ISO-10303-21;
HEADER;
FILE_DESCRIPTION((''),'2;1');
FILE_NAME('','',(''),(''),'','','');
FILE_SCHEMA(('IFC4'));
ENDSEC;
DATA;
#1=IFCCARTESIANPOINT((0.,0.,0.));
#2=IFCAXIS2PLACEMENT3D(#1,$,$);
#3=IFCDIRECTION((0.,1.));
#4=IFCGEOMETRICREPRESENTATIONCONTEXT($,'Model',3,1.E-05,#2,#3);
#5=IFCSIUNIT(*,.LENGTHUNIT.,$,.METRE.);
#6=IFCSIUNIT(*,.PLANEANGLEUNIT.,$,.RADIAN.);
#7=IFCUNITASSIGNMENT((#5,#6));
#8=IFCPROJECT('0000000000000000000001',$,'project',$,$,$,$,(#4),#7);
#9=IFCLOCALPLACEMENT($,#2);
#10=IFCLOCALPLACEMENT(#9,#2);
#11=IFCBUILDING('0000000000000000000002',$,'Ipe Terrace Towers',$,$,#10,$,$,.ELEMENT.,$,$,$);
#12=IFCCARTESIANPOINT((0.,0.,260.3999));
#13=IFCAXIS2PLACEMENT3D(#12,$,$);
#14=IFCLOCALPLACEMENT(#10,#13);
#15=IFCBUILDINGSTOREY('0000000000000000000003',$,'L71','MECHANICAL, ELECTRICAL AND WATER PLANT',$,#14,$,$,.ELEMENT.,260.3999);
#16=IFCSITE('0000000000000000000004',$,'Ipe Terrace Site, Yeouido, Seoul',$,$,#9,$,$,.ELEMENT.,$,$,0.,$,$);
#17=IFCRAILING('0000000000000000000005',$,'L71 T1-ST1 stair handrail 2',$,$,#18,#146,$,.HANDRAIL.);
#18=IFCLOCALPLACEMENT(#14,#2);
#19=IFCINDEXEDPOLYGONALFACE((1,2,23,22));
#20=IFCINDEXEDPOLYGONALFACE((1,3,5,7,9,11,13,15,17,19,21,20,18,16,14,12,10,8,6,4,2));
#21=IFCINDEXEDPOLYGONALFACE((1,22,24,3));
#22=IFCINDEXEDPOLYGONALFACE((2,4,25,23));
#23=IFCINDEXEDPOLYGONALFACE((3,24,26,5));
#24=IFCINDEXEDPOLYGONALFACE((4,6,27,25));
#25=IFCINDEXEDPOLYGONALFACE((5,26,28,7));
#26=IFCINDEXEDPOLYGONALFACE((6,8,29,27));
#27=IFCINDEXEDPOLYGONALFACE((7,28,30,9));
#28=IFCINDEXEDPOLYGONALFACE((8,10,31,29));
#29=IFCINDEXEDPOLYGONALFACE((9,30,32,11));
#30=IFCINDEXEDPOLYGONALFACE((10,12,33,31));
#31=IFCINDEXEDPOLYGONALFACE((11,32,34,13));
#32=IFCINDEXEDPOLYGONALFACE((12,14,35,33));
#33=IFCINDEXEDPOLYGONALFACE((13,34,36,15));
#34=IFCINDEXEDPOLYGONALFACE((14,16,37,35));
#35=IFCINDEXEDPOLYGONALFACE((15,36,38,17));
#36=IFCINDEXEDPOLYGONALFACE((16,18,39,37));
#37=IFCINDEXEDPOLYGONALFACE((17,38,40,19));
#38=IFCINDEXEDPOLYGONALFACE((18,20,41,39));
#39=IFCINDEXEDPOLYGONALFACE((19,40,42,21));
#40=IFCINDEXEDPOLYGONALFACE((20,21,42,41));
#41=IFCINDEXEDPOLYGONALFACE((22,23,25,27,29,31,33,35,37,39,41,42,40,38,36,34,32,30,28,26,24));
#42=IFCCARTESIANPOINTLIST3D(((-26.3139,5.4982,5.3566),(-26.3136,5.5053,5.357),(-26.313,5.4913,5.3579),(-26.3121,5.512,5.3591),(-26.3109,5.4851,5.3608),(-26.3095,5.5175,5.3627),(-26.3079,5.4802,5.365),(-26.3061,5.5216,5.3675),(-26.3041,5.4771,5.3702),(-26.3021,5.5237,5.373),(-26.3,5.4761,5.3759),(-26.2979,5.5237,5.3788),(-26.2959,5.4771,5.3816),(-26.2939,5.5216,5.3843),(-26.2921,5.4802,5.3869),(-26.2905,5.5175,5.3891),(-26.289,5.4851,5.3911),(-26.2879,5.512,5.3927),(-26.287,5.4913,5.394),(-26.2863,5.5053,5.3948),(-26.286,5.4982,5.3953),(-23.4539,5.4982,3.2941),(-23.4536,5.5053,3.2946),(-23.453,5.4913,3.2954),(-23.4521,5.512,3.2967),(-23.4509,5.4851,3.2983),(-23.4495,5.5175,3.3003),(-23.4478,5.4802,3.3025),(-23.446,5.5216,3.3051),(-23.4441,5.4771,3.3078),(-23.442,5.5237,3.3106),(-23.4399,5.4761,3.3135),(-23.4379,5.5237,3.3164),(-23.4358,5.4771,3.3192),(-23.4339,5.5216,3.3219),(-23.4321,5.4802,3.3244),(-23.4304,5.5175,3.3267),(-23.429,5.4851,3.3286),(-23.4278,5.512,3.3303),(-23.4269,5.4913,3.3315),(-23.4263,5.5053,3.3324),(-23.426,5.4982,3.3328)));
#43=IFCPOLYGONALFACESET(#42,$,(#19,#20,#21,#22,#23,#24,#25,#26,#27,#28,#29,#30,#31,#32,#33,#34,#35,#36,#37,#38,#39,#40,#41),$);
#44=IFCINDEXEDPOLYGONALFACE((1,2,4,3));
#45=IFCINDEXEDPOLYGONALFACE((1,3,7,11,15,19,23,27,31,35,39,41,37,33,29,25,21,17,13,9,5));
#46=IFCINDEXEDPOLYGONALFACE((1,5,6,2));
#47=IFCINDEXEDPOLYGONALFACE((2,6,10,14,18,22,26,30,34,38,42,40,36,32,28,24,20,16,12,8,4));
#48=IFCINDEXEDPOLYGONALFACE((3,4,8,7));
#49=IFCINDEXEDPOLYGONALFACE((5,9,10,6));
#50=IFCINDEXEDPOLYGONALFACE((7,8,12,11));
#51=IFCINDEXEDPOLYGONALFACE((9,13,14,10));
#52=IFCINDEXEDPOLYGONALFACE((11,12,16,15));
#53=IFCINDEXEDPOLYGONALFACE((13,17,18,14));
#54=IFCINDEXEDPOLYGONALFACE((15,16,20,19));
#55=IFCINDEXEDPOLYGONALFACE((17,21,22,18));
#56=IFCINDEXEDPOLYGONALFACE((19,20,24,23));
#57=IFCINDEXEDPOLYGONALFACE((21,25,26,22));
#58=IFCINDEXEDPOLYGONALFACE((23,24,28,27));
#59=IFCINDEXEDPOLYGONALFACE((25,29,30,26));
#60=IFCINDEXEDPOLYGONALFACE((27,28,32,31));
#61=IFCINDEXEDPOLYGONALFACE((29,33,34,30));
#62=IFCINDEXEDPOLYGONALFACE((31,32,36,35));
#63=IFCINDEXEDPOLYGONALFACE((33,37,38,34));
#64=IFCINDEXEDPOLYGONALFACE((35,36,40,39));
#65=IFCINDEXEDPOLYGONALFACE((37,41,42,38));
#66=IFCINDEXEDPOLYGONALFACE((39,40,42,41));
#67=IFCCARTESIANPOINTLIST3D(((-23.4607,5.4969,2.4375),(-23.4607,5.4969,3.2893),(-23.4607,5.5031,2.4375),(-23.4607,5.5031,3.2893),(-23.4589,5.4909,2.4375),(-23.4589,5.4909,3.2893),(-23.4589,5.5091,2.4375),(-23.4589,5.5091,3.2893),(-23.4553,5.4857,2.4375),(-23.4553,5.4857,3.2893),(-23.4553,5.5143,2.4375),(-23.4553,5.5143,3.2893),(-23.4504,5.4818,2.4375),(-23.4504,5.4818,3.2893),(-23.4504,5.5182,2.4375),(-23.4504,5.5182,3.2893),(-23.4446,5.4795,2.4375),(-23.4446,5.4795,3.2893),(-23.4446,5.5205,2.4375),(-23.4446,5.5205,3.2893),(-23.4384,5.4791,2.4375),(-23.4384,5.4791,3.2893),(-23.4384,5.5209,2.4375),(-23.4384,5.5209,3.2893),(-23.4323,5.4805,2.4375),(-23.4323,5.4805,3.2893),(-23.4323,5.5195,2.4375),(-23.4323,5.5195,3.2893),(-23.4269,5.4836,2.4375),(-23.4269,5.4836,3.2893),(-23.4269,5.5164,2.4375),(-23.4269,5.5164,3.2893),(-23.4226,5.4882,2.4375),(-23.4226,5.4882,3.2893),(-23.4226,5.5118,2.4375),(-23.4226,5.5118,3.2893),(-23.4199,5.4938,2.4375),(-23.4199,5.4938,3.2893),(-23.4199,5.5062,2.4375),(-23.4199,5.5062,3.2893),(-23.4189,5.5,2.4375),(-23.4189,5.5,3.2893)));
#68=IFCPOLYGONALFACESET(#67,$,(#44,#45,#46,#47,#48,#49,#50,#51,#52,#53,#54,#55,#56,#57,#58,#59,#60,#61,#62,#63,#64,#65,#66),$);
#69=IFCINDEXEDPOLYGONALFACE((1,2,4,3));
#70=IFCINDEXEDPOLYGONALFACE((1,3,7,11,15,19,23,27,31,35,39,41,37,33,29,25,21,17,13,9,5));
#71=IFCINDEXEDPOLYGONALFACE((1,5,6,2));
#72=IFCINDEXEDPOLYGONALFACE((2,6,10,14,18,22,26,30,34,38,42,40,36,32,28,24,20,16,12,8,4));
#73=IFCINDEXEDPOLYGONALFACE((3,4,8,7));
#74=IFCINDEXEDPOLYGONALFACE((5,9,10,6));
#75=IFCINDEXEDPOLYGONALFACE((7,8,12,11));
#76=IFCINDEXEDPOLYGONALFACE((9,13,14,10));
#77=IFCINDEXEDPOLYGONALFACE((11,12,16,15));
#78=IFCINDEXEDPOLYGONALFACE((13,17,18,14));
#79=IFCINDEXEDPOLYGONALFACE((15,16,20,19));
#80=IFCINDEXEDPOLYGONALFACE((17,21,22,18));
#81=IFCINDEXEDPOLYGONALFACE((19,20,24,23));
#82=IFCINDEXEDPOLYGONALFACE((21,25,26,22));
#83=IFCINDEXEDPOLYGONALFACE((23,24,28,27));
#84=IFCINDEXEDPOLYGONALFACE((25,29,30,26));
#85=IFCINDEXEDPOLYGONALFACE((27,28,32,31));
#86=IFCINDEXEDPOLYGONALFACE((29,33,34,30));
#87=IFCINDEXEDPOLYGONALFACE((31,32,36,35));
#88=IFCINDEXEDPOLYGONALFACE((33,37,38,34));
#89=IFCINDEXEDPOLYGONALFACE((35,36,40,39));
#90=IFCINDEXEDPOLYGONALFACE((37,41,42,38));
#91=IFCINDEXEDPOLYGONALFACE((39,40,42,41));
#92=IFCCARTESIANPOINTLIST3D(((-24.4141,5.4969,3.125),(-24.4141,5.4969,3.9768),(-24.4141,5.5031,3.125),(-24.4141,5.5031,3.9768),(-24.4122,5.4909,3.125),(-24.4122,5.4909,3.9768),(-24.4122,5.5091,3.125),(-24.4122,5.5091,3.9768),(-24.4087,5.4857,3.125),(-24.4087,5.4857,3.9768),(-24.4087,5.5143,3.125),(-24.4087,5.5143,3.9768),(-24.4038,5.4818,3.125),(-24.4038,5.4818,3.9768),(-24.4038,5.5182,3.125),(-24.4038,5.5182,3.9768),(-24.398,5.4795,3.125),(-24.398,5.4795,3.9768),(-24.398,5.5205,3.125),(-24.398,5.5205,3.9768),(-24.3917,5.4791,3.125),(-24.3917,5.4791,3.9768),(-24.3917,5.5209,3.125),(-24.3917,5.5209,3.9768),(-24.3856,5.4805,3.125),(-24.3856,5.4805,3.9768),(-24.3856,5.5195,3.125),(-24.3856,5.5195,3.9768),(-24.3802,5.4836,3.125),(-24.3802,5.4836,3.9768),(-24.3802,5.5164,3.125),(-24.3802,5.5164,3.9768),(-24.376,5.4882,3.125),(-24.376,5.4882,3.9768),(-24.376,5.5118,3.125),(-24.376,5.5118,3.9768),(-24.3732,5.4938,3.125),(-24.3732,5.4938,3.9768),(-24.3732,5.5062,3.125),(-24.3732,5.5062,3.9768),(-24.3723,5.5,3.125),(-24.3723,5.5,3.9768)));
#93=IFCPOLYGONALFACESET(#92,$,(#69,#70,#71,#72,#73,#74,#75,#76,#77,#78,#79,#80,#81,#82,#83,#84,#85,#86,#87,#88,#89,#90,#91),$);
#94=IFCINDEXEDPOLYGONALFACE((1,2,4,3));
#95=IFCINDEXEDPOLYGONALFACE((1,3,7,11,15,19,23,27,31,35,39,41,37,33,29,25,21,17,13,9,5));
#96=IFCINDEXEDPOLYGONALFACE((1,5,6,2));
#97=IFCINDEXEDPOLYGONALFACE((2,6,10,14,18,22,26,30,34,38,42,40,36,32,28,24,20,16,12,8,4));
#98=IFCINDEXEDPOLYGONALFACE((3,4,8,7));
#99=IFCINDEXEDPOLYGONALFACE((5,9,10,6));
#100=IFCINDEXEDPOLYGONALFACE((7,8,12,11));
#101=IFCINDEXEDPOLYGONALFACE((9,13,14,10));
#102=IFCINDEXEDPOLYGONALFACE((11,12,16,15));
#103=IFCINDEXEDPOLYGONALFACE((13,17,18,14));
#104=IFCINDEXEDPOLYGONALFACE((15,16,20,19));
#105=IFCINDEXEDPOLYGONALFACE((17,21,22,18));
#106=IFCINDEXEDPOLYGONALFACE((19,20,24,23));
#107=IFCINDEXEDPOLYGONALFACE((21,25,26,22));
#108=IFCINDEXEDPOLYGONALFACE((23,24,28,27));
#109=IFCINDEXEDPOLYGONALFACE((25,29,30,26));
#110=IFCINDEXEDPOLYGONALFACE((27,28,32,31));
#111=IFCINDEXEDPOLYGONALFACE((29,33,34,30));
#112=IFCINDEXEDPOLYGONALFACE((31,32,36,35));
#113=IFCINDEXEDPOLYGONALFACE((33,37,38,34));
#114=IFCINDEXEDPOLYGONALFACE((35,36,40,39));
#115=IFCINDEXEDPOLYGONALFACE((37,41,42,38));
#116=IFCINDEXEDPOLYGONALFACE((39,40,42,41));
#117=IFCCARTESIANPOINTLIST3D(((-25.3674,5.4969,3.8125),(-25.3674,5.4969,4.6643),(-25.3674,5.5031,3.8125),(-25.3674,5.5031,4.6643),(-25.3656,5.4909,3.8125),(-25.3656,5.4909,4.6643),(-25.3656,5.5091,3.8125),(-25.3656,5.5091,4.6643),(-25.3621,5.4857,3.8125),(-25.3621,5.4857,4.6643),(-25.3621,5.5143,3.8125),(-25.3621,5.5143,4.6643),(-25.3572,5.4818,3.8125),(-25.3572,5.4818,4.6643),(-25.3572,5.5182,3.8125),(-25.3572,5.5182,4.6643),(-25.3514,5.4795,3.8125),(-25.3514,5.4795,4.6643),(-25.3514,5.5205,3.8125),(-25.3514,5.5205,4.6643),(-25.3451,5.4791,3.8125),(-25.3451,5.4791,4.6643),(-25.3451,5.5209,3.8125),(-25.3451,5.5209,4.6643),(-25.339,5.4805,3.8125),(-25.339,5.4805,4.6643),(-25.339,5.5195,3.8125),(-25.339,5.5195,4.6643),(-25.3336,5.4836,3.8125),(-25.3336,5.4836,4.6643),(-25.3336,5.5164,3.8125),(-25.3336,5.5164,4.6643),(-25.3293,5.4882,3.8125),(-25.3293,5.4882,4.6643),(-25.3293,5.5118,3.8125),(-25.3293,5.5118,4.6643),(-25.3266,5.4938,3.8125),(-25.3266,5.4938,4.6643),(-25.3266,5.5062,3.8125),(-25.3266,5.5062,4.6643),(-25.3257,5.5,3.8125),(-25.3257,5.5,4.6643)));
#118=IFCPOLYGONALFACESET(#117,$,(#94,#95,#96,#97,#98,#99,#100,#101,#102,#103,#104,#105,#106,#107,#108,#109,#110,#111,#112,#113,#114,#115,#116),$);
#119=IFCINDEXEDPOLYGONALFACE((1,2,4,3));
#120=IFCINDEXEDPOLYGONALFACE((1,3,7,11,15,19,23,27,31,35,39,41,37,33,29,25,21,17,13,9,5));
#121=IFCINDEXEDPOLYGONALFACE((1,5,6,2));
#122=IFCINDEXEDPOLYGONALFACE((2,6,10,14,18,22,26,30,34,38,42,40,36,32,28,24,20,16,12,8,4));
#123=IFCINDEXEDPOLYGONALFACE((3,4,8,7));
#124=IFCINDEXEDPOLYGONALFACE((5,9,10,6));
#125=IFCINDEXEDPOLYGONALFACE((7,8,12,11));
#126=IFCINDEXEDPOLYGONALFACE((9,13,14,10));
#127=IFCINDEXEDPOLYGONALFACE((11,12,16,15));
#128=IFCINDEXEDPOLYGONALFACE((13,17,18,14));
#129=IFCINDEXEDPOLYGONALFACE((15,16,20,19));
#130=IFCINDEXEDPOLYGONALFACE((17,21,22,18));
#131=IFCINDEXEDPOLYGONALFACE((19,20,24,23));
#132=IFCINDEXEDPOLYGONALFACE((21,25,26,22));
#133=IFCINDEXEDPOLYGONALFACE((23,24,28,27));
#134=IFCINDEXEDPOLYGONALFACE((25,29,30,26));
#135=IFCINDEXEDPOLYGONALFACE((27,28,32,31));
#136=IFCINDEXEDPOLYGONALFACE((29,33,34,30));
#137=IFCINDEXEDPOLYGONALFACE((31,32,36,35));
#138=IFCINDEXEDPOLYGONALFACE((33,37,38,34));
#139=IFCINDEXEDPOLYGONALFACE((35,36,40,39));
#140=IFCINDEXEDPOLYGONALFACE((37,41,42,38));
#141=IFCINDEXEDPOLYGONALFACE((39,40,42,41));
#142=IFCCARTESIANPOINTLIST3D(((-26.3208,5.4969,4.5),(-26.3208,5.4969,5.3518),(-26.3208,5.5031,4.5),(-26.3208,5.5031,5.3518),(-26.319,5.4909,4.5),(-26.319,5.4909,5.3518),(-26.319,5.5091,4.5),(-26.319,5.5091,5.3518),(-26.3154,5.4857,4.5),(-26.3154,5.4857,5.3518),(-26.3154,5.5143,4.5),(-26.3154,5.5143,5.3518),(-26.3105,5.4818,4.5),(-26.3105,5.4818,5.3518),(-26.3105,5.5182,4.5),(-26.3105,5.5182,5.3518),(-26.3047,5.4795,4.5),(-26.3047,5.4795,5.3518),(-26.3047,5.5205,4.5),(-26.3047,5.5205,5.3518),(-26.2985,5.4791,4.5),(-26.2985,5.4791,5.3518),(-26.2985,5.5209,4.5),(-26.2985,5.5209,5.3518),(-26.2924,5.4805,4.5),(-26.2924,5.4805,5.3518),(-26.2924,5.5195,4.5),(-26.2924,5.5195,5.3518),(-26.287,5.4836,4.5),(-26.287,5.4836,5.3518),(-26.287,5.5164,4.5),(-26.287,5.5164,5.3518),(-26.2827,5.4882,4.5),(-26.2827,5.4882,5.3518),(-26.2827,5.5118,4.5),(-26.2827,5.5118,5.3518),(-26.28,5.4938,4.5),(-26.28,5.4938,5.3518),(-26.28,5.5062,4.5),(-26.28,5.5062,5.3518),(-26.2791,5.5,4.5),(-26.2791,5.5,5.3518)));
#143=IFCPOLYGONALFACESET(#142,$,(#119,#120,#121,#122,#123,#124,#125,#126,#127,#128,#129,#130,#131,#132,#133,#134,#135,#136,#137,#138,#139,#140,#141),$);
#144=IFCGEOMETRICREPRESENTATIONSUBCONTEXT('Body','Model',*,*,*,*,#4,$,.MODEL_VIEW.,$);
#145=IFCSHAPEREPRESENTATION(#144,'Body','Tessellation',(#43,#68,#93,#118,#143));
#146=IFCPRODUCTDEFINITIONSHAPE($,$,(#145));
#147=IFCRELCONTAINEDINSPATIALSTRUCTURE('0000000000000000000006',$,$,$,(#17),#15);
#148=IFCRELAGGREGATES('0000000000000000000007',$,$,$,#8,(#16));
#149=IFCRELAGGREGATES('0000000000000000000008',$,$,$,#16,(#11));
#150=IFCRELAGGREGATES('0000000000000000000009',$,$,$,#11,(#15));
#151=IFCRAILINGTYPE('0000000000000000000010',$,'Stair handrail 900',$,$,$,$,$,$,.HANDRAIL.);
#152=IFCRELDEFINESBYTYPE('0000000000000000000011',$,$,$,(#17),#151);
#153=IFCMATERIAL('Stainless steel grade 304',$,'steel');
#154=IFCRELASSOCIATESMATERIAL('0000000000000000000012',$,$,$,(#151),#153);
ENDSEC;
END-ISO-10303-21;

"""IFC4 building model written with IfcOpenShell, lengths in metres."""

from ifc_helpers import new_model, si_unit, direction, frame, origin, origin_2d, place, context, subcontext, project, spatial, circle, extrude, material, type_object, element, save


model = new_model("IFC4")

# Units and contexts
model_context = context("Model", 3, precision=1e-05, world=origin(), true_north=direction((0.0, 1.0)))
body_context = subcontext(model_context, "Body", "Model", "MODEL_VIEW")
ifc_project = project(units=[si_unit("LENGTHUNIT", "METRE"), si_unit("PLANEANGLEUNIT", "RADIAN")], contexts=[model_context])

# Site, building, storey
site_placement = place(None, origin())
site = spatial("IfcSite", under=ifc_project, at=site_placement, Name="Ipe Terrace Site, Yeouido, Seoul", CompositionType="ELEMENT", RefElevation=0.0)
building_placement = place(site_placement, origin())
building = spatial("IfcBuilding", under=site, at=building_placement, Name="Ipe Terrace Towers", CompositionType="ELEMENT")
storey_placement = place(building_placement, frame((0.0, 0.0, 260.3999)))
storey = spatial("IfcBuildingStorey", under=building, at=storey_placement, Name="L71", Description="MECHANICAL, ELECTRICAL AND WATER PLANT", CompositionType="ELEMENT", Elevation=260.3999)

# Railing
ifc_material_1 = material(Name="Stainless steel grade 304", Category="steel")
railing_type_1 = type_object("IfcRailingType", Name="Stair handrail 900", PredefinedType="HANDRAIL", material=ifc_material_1)
railing_1_placement = place(storey_placement, frame((-23.4399, 5.5, 2.4375)))
element("IfcRailing", 1, at=railing_1_placement, inside=storey, type_object=railing_type_1, Name="L71 T1-ST1 stair handrail 2", PredefinedType="HANDRAIL", context=body_context, shape_type="SweptSolid", body=[
    extrude(circle(Radius=0.0239, at=origin_2d()), frame((0.0, 0.0, 0.876), z_axis=(-0.811101, 0.0, 0.584906), x_axis=(0.0, -1.0, 0.0)), (0.0, 0.0, 1.0), 3.5261),
    extrude(circle(Radius=0.021, at=origin_2d()), origin(), (0.0, 0.0, 1.0), 0.8518),
    extrude(circle(Radius=0.021, at=origin_2d()), frame((-0.9534, 0.0, 0.6875)), (0.0, 0.0, 1.0), 0.8518),
    extrude(circle(Radius=0.021, at=origin_2d()), frame((-1.9067, 0.0, 1.375)), (0.0, 0.0, 1.0), 0.8518),
    extrude(circle(Radius=0.021, at=origin_2d()), frame((-2.8601, 0.0, 2.0625)), (0.0, 0.0, 1.0), 0.8518),
])

save(model, "model.ifc")
